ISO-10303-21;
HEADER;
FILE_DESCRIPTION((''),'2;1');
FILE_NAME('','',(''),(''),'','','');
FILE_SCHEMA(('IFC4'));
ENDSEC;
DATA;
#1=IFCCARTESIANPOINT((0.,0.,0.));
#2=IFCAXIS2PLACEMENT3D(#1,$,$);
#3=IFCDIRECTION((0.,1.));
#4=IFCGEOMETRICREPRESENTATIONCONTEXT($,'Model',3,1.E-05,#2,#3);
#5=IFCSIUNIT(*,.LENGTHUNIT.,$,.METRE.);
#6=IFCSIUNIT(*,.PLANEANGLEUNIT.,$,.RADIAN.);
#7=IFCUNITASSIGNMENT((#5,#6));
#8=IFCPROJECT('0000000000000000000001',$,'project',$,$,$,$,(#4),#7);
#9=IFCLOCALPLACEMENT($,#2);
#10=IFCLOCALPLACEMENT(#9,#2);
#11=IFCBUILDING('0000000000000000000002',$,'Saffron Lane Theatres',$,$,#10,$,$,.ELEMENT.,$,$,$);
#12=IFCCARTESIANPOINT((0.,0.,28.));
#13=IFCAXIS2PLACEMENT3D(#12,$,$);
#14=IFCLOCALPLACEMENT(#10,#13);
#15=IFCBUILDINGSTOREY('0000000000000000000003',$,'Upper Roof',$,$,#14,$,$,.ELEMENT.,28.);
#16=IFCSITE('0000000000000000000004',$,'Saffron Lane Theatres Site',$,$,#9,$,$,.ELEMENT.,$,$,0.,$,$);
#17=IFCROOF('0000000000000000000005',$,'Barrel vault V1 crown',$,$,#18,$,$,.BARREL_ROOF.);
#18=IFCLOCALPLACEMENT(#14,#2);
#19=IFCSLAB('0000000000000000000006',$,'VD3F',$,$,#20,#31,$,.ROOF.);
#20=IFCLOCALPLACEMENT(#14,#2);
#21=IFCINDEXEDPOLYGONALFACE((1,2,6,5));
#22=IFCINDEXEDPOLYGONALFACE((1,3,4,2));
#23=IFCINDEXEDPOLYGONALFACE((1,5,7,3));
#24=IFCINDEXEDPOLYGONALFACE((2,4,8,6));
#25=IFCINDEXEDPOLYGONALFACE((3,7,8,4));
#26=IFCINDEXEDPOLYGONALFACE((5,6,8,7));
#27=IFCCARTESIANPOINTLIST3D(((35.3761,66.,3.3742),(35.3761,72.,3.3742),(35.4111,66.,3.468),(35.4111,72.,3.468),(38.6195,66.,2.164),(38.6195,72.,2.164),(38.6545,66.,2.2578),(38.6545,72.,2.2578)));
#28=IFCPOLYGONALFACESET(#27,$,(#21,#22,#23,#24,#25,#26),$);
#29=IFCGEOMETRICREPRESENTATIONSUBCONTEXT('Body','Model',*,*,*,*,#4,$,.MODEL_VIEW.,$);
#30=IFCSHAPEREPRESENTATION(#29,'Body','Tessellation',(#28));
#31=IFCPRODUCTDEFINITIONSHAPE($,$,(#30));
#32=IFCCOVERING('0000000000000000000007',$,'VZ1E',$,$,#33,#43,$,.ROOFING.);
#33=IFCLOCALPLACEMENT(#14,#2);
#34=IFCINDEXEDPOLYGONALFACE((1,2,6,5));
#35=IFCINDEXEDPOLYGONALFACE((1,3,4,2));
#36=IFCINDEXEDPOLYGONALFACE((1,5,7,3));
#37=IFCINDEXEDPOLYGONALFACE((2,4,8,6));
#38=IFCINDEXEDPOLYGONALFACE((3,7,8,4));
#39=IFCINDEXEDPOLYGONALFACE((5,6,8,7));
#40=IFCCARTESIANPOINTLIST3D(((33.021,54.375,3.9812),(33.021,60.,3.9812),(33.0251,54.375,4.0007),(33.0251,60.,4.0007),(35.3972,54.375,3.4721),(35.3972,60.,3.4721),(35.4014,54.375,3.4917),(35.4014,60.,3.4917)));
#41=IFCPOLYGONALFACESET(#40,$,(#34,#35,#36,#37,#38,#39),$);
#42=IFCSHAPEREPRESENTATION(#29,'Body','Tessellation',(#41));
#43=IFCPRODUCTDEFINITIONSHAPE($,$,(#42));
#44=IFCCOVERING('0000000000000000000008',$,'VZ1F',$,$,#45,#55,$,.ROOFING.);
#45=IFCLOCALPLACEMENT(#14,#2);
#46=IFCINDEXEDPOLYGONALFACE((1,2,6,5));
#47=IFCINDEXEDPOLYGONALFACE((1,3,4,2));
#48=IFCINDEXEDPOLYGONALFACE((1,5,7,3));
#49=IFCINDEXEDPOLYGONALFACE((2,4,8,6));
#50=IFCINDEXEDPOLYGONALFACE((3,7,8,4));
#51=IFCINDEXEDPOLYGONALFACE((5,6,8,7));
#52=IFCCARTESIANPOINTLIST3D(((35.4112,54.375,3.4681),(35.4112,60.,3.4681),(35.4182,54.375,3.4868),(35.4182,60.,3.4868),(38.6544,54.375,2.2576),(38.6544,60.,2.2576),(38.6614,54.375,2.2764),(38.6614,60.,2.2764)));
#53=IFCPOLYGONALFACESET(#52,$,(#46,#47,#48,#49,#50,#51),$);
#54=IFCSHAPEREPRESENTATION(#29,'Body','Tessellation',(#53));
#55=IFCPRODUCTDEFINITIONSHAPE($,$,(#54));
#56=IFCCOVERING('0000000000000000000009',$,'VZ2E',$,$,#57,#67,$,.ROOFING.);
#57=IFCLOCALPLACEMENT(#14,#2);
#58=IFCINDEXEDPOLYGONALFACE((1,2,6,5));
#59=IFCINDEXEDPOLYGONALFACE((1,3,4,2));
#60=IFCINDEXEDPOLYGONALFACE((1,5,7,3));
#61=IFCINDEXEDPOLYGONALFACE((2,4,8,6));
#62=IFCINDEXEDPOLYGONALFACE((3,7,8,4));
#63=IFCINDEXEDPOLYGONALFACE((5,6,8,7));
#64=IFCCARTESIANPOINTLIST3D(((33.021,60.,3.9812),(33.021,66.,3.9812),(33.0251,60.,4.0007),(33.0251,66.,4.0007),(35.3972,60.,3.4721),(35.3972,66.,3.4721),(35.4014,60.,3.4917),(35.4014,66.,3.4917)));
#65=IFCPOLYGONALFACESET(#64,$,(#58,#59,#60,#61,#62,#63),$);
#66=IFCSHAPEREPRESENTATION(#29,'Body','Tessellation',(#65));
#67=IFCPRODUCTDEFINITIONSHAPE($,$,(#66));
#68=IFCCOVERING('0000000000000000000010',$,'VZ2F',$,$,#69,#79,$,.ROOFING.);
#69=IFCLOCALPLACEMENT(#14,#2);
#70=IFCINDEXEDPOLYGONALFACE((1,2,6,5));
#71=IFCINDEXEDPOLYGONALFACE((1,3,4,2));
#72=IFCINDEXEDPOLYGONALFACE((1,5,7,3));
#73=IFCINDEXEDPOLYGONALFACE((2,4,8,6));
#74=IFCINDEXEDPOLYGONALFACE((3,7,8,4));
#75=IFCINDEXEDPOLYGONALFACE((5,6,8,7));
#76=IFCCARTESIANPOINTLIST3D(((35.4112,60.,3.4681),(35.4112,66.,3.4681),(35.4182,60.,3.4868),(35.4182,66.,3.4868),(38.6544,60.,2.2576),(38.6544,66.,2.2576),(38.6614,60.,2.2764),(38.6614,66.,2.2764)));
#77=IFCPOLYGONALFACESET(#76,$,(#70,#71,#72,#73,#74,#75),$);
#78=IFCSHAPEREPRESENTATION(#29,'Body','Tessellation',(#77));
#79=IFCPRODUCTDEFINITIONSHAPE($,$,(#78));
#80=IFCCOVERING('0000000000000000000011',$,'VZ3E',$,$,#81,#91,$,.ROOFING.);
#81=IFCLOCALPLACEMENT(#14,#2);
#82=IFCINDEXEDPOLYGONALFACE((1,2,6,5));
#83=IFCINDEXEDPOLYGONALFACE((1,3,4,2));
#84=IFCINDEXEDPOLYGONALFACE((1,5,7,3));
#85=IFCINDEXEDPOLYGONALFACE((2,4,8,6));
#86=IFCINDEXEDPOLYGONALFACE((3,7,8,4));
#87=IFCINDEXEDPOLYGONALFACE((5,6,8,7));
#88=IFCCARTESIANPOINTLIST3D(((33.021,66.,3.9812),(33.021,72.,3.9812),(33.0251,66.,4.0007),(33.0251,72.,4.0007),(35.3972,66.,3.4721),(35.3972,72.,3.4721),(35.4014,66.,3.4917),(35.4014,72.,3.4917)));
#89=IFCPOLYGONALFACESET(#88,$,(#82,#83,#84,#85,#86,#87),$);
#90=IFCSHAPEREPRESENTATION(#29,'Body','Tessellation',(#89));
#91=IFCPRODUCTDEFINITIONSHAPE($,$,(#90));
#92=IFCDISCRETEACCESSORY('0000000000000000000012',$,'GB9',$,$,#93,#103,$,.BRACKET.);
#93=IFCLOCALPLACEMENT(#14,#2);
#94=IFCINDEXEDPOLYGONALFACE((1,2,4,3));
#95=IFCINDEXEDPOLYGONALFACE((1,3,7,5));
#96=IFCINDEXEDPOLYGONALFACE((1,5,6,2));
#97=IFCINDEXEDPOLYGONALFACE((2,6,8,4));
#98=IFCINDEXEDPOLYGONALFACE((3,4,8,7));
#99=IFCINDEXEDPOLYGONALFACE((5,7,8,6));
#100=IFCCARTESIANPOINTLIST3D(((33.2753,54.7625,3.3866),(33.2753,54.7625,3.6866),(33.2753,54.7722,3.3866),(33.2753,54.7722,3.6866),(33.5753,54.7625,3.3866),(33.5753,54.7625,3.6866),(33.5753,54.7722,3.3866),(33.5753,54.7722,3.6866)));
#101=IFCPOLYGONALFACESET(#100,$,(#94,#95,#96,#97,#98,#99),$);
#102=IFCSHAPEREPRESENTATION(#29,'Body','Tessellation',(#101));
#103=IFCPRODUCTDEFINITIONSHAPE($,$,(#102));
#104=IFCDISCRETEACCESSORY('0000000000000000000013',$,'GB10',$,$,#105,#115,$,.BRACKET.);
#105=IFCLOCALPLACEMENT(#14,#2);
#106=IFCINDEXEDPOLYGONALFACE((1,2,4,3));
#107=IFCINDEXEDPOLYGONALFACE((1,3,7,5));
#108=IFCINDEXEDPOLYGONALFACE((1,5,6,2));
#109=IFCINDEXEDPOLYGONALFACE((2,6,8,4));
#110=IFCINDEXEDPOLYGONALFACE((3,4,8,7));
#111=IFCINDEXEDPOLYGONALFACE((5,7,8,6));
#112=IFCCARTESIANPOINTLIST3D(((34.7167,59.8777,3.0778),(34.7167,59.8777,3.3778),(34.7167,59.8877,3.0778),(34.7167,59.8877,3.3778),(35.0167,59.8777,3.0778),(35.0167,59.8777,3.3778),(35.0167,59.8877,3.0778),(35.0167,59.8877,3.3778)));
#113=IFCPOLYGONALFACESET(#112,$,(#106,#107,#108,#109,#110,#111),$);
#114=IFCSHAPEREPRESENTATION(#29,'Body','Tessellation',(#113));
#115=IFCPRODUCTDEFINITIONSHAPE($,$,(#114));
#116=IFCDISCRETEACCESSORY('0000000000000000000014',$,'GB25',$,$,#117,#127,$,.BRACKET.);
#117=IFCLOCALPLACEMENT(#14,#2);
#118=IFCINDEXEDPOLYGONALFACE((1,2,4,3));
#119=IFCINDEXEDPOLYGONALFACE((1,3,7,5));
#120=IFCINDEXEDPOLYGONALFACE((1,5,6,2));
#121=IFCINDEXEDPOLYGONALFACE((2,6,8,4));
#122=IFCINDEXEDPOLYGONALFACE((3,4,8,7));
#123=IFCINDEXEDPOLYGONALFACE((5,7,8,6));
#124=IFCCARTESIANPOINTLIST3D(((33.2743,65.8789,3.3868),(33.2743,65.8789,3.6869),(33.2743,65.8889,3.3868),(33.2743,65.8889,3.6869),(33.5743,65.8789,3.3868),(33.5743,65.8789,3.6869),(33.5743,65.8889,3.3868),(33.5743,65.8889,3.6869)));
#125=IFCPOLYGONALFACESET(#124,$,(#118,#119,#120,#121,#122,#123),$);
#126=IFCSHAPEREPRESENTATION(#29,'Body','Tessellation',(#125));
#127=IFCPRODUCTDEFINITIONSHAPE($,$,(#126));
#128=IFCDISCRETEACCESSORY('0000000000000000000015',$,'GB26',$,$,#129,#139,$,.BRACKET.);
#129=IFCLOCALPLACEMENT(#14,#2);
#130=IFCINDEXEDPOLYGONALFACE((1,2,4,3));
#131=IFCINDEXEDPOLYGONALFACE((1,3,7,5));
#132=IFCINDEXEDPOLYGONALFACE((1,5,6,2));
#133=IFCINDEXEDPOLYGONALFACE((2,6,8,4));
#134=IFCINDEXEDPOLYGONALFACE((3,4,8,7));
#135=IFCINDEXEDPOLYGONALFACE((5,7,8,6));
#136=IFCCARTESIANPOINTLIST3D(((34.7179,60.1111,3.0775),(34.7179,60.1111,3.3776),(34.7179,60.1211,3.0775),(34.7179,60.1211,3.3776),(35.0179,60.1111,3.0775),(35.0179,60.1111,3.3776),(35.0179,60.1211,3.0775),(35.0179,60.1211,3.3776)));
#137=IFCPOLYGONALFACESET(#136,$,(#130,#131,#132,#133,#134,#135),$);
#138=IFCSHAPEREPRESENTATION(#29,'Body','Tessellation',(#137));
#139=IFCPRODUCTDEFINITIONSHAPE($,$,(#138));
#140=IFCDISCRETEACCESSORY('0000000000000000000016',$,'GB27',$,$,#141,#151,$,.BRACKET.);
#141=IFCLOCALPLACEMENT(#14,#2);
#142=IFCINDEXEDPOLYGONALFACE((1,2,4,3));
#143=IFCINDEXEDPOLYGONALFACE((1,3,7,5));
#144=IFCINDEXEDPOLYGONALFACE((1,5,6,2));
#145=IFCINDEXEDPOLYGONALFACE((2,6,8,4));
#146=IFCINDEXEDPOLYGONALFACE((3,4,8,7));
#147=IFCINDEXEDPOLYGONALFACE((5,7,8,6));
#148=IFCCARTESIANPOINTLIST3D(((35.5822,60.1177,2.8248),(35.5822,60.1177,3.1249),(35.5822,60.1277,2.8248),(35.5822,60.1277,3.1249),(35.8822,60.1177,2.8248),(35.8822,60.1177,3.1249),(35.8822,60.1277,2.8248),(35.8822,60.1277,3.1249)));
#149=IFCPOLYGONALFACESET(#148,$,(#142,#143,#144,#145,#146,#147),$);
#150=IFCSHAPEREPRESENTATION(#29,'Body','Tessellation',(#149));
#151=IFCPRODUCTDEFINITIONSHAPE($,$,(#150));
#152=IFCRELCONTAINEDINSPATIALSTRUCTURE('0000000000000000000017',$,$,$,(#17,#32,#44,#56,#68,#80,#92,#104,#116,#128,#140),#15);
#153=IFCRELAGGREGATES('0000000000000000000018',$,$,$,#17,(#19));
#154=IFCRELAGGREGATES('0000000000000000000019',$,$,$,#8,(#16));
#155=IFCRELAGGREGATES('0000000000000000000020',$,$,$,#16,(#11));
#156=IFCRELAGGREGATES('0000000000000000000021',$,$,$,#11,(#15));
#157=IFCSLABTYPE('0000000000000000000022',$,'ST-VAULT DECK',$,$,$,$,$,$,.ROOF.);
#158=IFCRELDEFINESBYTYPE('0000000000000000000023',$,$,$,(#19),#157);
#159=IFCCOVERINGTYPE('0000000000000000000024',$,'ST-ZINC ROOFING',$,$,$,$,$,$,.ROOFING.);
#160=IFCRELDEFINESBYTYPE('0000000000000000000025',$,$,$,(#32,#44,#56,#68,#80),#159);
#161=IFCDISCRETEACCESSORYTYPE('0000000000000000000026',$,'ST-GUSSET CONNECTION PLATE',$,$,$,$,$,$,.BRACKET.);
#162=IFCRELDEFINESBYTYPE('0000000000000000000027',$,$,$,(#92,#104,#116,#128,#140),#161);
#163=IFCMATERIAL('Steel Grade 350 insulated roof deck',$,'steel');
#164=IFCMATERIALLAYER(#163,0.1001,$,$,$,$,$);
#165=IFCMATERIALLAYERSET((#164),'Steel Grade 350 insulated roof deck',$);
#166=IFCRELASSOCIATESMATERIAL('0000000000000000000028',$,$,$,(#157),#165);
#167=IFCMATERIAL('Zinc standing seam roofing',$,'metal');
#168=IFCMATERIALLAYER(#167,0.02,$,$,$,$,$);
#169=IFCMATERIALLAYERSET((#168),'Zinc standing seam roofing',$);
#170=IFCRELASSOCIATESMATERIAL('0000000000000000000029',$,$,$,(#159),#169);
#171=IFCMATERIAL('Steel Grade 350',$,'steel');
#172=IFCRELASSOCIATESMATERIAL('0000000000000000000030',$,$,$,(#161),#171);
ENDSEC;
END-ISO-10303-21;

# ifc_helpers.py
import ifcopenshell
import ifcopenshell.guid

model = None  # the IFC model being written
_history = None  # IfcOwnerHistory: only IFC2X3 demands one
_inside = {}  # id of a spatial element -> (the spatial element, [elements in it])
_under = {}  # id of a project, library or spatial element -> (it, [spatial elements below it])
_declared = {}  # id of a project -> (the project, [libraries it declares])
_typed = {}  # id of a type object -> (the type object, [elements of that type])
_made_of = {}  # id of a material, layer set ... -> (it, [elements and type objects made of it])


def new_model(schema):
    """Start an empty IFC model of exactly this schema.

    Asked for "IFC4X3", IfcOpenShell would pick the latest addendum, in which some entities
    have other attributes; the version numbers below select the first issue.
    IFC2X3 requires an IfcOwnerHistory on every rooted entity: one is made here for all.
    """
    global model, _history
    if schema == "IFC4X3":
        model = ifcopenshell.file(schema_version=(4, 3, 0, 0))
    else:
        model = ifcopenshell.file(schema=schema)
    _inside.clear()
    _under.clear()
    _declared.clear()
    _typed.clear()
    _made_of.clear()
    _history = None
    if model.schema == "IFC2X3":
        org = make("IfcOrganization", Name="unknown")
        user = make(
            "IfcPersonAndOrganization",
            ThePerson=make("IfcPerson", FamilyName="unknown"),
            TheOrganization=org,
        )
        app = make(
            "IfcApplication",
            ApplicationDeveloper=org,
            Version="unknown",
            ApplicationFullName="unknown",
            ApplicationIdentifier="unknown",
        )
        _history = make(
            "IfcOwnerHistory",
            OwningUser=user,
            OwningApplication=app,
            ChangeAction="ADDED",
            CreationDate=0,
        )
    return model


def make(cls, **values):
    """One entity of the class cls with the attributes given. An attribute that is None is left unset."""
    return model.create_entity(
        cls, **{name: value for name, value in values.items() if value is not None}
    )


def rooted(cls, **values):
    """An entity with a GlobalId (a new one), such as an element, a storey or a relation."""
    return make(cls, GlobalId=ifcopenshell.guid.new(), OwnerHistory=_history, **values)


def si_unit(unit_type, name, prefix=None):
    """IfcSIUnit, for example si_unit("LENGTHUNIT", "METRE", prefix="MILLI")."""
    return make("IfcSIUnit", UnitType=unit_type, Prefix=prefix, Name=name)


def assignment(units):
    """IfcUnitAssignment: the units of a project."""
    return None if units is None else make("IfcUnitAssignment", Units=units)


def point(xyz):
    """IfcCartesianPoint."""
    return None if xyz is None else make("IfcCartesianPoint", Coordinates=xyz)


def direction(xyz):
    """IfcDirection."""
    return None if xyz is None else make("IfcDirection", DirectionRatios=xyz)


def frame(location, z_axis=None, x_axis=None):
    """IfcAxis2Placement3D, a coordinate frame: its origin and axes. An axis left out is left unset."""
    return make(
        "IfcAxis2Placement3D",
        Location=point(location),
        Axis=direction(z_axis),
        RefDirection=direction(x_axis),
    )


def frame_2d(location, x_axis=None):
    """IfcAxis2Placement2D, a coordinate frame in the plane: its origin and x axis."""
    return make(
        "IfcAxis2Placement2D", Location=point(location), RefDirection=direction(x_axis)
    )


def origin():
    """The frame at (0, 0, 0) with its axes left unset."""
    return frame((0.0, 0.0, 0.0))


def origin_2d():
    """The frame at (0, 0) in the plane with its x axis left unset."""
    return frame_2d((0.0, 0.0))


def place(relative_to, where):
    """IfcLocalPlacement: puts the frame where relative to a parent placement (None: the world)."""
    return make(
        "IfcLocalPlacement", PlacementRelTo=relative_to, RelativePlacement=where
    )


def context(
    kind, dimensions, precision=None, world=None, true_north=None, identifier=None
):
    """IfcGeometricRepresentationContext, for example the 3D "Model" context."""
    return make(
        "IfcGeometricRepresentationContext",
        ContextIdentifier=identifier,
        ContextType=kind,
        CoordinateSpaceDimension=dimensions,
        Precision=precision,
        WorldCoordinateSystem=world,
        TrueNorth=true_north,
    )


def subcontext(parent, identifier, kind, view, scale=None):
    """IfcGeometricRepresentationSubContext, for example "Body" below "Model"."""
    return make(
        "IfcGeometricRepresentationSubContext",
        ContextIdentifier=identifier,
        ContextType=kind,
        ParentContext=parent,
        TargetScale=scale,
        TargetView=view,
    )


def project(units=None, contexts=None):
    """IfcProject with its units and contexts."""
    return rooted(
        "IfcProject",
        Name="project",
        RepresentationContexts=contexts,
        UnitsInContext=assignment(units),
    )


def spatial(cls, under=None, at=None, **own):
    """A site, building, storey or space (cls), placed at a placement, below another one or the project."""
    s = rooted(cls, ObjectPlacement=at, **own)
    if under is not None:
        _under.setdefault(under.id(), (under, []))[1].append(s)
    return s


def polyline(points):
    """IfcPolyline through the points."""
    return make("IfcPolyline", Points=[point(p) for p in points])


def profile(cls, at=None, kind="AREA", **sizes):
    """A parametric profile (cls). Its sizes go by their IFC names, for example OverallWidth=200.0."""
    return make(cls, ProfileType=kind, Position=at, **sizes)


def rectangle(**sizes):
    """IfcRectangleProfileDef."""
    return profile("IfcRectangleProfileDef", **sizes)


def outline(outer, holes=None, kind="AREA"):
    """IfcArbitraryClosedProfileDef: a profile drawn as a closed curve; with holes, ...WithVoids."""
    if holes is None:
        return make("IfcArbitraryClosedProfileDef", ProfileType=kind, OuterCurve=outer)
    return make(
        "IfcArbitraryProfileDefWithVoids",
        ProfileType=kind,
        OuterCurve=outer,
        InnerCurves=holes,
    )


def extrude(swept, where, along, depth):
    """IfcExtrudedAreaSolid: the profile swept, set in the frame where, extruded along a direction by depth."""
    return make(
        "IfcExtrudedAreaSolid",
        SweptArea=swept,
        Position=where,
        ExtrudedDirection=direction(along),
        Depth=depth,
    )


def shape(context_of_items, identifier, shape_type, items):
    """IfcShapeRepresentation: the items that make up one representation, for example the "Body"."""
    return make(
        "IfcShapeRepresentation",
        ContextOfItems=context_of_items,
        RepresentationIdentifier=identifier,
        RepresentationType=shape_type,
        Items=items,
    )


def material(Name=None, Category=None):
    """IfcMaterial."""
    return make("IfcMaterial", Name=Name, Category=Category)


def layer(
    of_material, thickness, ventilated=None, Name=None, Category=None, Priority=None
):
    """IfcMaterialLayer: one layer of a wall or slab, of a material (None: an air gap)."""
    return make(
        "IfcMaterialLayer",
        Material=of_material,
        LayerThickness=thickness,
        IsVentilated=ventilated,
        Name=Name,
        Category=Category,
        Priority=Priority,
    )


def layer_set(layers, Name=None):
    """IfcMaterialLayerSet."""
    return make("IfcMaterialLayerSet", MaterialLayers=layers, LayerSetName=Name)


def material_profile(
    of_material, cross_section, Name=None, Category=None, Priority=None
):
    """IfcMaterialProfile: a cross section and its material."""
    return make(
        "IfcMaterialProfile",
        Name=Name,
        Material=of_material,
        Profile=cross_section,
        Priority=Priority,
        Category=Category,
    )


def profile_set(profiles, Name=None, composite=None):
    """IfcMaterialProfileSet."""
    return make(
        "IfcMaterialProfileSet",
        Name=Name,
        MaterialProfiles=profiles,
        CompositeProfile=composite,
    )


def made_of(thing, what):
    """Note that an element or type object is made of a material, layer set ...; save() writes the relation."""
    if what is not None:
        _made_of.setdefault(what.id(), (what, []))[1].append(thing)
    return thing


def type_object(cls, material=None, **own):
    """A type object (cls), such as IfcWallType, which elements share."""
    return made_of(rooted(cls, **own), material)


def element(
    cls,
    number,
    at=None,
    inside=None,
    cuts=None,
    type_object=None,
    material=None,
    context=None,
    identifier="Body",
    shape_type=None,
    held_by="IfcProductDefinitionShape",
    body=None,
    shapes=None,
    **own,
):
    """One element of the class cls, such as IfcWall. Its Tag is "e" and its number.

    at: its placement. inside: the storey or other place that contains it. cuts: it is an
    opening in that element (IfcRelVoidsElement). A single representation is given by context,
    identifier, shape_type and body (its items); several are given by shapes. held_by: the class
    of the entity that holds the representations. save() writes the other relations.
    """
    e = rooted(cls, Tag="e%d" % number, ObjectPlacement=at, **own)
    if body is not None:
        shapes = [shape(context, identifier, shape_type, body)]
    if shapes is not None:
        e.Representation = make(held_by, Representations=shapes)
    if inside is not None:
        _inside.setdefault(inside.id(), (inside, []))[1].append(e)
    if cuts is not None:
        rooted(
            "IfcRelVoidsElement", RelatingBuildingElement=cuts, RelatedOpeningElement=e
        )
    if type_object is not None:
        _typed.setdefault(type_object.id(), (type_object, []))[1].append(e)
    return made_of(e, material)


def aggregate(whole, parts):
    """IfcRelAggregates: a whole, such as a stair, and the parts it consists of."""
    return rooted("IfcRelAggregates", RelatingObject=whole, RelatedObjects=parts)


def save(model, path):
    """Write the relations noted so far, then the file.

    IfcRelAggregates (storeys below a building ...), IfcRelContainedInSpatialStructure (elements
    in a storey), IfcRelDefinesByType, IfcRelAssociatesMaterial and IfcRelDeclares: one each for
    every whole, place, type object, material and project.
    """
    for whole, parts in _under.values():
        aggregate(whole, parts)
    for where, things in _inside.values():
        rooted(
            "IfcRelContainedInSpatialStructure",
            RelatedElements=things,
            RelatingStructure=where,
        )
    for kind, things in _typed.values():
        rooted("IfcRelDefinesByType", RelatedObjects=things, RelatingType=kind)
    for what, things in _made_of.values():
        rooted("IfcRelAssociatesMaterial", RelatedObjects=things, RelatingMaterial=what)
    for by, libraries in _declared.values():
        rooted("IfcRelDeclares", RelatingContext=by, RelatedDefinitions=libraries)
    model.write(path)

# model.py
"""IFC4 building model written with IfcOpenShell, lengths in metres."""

from ifc_helpers import new_model, si_unit, direction, frame, origin, origin_2d, place, context, subcontext, project, spatial, polyline, rectangle, outline, extrude, material, layer, layer_set, material_profile, profile_set, type_object, element, aggregate, save


model = new_model("IFC4")

# Units and contexts
model_context = context("Model", 3, precision=1e-05, world=origin(), true_north=direction((0.0, 1.0)))
body_context = subcontext(model_context, "Body", "Model", "MODEL_VIEW")
ifc_project = project(units=[si_unit("LENGTHUNIT", "METRE"), si_unit("PLANEANGLEUNIT", "RADIAN")], contexts=[model_context])

# Site, building, storey
site_placement = place(None, origin())
site = spatial("IfcSite", under=ifc_project, at=site_placement, Name="Saffron Lane Theatres Site", CompositionType="ELEMENT", RefElevation=0.0)
building_placement = place(site_placement, origin())
building = spatial("IfcBuilding", under=site, at=building_placement, Name="Saffron Lane Theatres", CompositionType="ELEMENT")
storey_placement = place(building_placement, frame((0.0, 0.0, 28.0)))
storey = spatial("IfcBuildingStorey", under=building, at=storey_placement, Name="Upper Roof", CompositionType="ELEMENT", Elevation=28.0)

# Roof, slab
roof_placement = place(storey_placement, origin())
roof = element("IfcRoof", 1, at=roof_placement, inside=storey, Name="Barrel vault V1 crown", PredefinedType="BARREL_ROOF")
ifc_material_1 = material(Name="Steel Grade 350 insulated roof deck", Category="steel")
ifc_layer_1 = layer(ifc_material_1, 0.1001)
ifc_layer_set_1 = layer_set([ifc_layer_1], Name="Steel Grade 350 insulated roof deck")
slab_type = type_object("IfcSlabType", Name="ST-VAULT DECK", PredefinedType="ROOF", material=ifc_layer_set_1)
slab_1_placement = place(storey_placement, frame((35.4111, 66.0, 3.468), z_axis=(0.349585, 0.0, 0.936905), x_axis=(0.936905, 0.0, -0.349585)))
slab_1 = element("IfcSlab", 2, at=slab_1_placement, type_object=slab_type, Name="VD3F", PredefinedType="ROOF", context=body_context, shape_type="SweptSolid", body=[
    extrude(outline(polyline([(0.0, 0.0), (3.4618, 0.0), (3.4618, 6.0), (0.0, 6.0), (0.0, 0.0)])), origin(), (0.0, 0.0, -1.0), 0.1001),
])
aggregate(roof, [slab_1])

# Coverings
ifc_material_2 = material(Name="Zinc standing seam roofing", Category="metal")
ifc_layer_2 = layer(ifc_material_2, 0.02)
ifc_layer_set_2 = layer_set([ifc_layer_2], Name="Zinc standing seam roofing")
covering_type = type_object("IfcCoveringType", Name="ST-ZINC ROOFING", PredefinedType="ROOFING", material=ifc_layer_set_2)
covering_1_placement = place(storey_placement, frame((33.0251, 54.375, 4.0007), z_axis=(0.209467, 0.0, 0.977816), x_axis=(0.977816, 0.0, -0.209467)))
element("IfcCovering", 3, at=covering_1_placement, inside=storey, type_object=covering_type, Name="VZ1E", PredefinedType="ROOFING", context=body_context, shape_type="SweptSolid", body=[
    extrude(outline(polyline([(0.0, 0.0), (2.4301, 0.0), (2.4301, 5.625), (0.0, 5.625), (0.0, 0.0)])), origin(), (0.0, 0.0, -1.0), 0.02),
])
covering_2_placement = place(storey_placement, frame((35.4182, 54.375, 3.4868), z_axis=(0.34967, 0.0, 0.936873), x_axis=(0.936873, 0.0, -0.34967)))
element("IfcCovering", 4, at=covering_2_placement, inside=storey, type_object=covering_type, Name="VZ1F", PredefinedType="ROOFING", context=body_context, shape_type="SweptSolid", body=[
    extrude(outline(polyline([(0.0, 0.0), (3.4617, 0.0), (3.4617, 5.625), (0.0, 5.625), (0.0, 0.0)])), origin(), (0.0, 0.0, -1.0), 0.02),
])
covering_3_placement = place(storey_placement, frame((33.0251, 60.0, 4.0007), z_axis=(0.209467, 0.0, 0.977816), x_axis=(0.977816, 0.0, -0.209467)))
element("IfcCovering", 5, at=covering_3_placement, inside=storey, type_object=covering_type, Name="VZ2E", PredefinedType="ROOFING", context=body_context, shape_type="SweptSolid", body=[
    extrude(outline(polyline([(0.0, 0.0), (2.4301, 0.0), (2.4301, 6.0), (0.0, 6.0), (0.0, 0.0)])), origin(), (0.0, 0.0, -1.0), 0.02),
])
covering_4_placement = place(storey_placement, frame((35.4182, 60.0, 3.4868), z_axis=(0.34967, 0.0, 0.936873), x_axis=(0.936873, 0.0, -0.34967)))
element("IfcCovering", 6, at=covering_4_placement, inside=storey, type_object=covering_type, Name="VZ2F", PredefinedType="ROOFING", context=body_context, shape_type="SweptSolid", body=[
    extrude(outline(polyline([(0.0, 0.0), (3.4617, 0.0), (3.4617, 6.0), (0.0, 6.0), (0.0, 0.0)])), origin(), (0.0, 0.0, -1.0), 0.02),
])
covering_5_placement = place(storey_placement, frame((33.0251, 66.0, 4.0007), z_axis=(0.209467, 0.0, 0.977816), x_axis=(0.977816, 0.0, -0.209467)))
element("IfcCovering", 7, at=covering_5_placement, inside=storey, type_object=covering_type, Name="VZ3E", PredefinedType="ROOFING", context=body_context, shape_type="SweptSolid", body=[
    extrude(outline(polyline([(0.0, 0.0), (2.4301, 0.0), (2.4301, 6.0), (0.0, 6.0), (0.0, 0.0)])), origin(), (0.0, 0.0, -1.0), 0.02),
])

# Discrete accessories
ifc_material_3 = material(Name="Steel Grade 350", Category="steel")
ifc_material_profile_1 = material_profile(ifc_material_3, rectangle(XDim=0.3, YDim=0.3, at=origin_2d()))
ifc_profile_set_1 = profile_set([ifc_material_profile_1], Name="Steel Grade 350")
discrete_accessory_type = type_object("IfcDiscreteAccessoryType", Name="ST-GUSSET CONNECTION PLATE", PredefinedType="BRACKET", material=ifc_profile_set_1)
discrete_accessory_placement = place(storey_placement, frame((33.4253, 54.7625, 3.5366), z_axis=(0.0, 1.0, 0.0), x_axis=(-1.0, 0.0, 0.0)))
element("IfcDiscreteAccessory", 8, at=discrete_accessory_placement, inside=storey, type_object=discrete_accessory_type, Name="GB9", PredefinedType="BRACKET", context=body_context, shape_type="SweptSolid", body=[
    extrude(rectangle(XDim=0.3, YDim=0.3, at=origin_2d()), origin(), (0.0, 0.0, 1.0), 0.0098),
])
for number, where, z_axis, x_axis, name in (
    (9, (34.8667, 59.8877, 3.2278), (0.0, -1.0, 0.0), (1.0, 0.0, 0.0), "GB10"),
    (10, (33.4243, 65.8889, 3.5369), (0.0, -1.0, 0.0), (1.0, 0.0, 0.0), "GB25"),
    (11, (34.8679, 60.1111, 3.2275), (0.0, 1.0, 0.0), (-1.0, 0.0, 0.0), "GB26"),
    (12, (35.7322, 60.1177, 2.9749), (0.0, 1.0, 0.0), (-1.0, 0.0, 0.0), "GB27"),
):
    element("IfcDiscreteAccessory", number, at=place(storey_placement, frame(where, z_axis=z_axis, x_axis=x_axis)), inside=storey, type_object=discrete_accessory_type, Name=name, PredefinedType="BRACKET", context=body_context, shape_type="SweptSolid", body=[
        extrude(rectangle(XDim=0.3, YDim=0.3, at=origin_2d()), origin(), (0.0, 0.0, 1.0), 0.01),
    ])

save(model, "model.ifc")
